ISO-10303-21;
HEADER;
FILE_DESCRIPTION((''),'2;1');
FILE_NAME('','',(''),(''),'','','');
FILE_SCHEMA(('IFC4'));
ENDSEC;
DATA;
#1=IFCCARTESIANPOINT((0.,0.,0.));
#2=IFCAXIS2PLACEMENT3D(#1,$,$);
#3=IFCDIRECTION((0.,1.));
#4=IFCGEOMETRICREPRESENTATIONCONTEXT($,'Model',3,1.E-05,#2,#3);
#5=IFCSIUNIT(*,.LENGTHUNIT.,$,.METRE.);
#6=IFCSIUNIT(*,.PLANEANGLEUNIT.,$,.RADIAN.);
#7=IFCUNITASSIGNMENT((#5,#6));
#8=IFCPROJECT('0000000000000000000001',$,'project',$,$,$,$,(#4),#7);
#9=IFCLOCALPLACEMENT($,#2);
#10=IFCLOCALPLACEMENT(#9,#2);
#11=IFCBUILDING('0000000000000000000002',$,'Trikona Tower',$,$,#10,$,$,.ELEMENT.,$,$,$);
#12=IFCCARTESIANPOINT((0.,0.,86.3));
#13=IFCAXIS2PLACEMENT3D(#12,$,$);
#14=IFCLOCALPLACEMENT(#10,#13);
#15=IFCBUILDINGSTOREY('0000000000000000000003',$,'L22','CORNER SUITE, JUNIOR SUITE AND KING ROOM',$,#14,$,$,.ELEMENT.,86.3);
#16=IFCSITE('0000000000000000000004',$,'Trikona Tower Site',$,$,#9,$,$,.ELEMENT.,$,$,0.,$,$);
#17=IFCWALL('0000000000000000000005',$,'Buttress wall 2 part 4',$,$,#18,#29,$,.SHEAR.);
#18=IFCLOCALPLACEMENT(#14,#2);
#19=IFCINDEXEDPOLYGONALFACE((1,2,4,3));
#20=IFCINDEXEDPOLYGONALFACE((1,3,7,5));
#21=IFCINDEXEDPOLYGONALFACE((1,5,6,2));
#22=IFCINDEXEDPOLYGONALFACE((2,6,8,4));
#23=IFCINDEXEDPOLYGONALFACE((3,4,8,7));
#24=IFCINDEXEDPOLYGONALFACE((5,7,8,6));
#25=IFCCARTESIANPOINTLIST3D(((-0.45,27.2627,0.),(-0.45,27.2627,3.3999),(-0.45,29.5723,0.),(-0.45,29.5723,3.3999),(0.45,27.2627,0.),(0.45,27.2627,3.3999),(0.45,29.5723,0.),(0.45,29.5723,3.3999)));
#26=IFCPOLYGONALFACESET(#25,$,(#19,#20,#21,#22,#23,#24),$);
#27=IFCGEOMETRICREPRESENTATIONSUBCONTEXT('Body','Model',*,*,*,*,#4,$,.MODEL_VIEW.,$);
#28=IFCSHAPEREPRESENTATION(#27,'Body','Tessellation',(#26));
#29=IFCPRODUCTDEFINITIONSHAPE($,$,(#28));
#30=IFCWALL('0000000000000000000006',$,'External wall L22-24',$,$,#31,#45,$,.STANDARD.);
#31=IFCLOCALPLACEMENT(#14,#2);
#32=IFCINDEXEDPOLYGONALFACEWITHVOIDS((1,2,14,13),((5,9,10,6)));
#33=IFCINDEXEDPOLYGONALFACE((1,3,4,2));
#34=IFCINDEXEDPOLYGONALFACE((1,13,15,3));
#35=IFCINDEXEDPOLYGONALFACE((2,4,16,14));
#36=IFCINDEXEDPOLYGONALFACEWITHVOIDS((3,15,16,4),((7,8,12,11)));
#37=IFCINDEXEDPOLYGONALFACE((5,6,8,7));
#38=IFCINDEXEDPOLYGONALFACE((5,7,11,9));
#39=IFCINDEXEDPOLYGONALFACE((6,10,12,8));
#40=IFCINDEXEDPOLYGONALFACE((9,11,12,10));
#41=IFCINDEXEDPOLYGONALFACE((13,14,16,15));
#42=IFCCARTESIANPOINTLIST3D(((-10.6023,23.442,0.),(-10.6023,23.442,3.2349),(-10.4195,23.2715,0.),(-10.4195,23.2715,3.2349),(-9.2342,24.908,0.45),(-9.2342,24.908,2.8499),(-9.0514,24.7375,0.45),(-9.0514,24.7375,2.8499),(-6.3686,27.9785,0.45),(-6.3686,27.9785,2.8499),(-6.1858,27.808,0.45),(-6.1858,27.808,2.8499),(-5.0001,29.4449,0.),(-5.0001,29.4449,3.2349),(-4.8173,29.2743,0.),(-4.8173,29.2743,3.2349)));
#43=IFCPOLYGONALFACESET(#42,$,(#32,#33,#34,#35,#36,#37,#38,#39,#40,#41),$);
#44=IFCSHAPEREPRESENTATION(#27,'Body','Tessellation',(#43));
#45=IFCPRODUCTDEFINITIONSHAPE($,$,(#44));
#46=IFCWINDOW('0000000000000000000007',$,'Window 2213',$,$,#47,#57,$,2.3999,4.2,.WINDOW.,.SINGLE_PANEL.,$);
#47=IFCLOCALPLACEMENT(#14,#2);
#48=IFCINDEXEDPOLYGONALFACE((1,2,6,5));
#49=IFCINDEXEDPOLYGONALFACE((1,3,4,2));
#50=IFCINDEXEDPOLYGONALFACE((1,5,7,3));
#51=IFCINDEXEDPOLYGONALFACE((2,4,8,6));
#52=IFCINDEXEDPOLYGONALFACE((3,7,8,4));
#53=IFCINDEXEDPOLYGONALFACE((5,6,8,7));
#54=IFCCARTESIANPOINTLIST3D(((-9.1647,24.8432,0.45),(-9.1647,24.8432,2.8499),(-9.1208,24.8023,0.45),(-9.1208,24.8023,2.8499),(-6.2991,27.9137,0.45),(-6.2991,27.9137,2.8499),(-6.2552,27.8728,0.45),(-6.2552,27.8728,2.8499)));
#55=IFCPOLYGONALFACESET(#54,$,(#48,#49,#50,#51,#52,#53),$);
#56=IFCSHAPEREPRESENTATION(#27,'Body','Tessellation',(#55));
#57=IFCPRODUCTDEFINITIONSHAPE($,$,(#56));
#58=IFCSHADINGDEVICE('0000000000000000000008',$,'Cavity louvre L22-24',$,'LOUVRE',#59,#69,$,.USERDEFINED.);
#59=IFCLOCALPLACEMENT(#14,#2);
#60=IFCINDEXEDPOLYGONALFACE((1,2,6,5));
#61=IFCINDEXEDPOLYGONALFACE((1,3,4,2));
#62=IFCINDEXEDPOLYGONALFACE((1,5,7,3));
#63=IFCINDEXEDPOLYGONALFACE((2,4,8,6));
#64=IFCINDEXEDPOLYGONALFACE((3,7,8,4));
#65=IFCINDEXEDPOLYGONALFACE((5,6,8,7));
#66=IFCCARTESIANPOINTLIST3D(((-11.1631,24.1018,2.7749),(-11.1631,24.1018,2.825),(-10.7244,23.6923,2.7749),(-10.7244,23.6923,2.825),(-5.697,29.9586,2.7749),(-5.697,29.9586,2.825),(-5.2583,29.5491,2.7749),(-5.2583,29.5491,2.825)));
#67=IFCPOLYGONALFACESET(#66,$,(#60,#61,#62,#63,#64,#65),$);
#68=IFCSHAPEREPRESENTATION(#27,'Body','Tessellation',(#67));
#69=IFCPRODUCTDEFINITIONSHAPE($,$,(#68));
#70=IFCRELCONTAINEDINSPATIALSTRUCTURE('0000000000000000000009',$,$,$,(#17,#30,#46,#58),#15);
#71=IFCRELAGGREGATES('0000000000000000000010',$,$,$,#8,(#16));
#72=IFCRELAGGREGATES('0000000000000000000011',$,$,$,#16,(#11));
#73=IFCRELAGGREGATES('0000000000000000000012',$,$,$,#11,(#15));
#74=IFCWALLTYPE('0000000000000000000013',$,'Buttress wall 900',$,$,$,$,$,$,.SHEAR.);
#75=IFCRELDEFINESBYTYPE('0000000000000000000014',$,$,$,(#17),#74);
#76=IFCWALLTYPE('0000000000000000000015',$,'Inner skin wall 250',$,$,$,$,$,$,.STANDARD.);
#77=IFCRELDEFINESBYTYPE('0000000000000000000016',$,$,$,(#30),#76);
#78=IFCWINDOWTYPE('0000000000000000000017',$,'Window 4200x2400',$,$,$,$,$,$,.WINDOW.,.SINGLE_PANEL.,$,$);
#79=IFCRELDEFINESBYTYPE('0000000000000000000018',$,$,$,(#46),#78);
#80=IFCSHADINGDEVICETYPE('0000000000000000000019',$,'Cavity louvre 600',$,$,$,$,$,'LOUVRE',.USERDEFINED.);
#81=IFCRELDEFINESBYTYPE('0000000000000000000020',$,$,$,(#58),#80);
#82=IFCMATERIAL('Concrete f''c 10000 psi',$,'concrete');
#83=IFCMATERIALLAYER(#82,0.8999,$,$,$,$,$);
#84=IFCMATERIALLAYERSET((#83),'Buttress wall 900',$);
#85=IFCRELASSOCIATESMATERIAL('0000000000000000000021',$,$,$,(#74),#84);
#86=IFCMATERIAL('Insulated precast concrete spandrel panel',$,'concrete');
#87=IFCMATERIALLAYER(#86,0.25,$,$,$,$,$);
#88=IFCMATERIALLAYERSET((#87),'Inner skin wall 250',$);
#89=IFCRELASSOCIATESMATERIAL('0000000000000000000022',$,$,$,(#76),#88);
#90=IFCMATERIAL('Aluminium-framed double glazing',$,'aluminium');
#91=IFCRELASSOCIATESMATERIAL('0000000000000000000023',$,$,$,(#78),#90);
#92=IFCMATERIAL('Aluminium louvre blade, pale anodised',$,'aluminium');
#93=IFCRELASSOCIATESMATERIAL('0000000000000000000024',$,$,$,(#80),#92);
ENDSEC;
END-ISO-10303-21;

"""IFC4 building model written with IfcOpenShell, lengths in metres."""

from ifc_helpers import new_model, si_unit, direction, frame, frame_2d, origin, origin_2d, place, context, subcontext, project, spatial, rectangle, extrude, material, layer, layer_set, type_object, element, fill, save


model = new_model("IFC4")

# Units and contexts
model_context = context("Model", 3, precision=1e-05, world=origin(), true_north=direction((0.0, 1.0)))
body_context = subcontext(model_context, "Body", "Model", "MODEL_VIEW")
ifc_project = project(units=[si_unit("LENGTHUNIT", "METRE"), si_unit("PLANEANGLEUNIT", "RADIAN")], contexts=[model_context])

# Site, building, storey
site_placement = place(None, origin())
site = spatial("IfcSite", under=ifc_project, at=site_placement, Name="Trikona Tower Site", CompositionType="ELEMENT", RefElevation=0.0)
building_placement = place(site_placement, origin())
building = spatial("IfcBuilding", under=site, at=building_placement, Name="Trikona Tower", CompositionType="ELEMENT")
storey_placement = place(building_placement, frame((0.0, 0.0, 86.3)))
storey = spatial("IfcBuildingStorey", under=building, at=storey_placement, Name="L22", Description="CORNER SUITE, JUNIOR SUITE AND KING ROOM", CompositionType="ELEMENT", Elevation=86.3)

# Wall
ifc_material_1 = material(Name="Concrete f'c 10000 psi", Category="concrete")
ifc_layer_1 = layer(ifc_material_1, 0.8999)
ifc_layer_set_1 = layer_set([ifc_layer_1], Name="Buttress wall 900")
wall_type_1 = type_object("IfcWallType", Name="Buttress wall 900", PredefinedType="SHEAR", material=ifc_layer_set_1)
wall_1_placement = place(storey_placement, frame((0.0, 27.2627, 0.0), z_axis=(0.0, 0.0, 1.0), x_axis=(0.0, 1.0, 0.0)))
element("IfcWall", 1, at=wall_1_placement, inside=storey, type_object=wall_type_1, Name="Buttress wall 2 part 4", PredefinedType="SHEAR", context=body_context, shape_type="SweptSolid", body=[
    extrude(rectangle(XDim=2.3096, YDim=0.8999, at=frame_2d((1.1548, 0.0))), origin(), (0.0, 0.0, 1.0), 3.3999),
])

# Wall, opening, window
ifc_material_2 = material(Name="Insulated precast concrete spandrel panel", Category="concrete")
ifc_layer_2 = layer(ifc_material_2, 0.25)
ifc_layer_set_2 = layer_set([ifc_layer_2], Name="Inner skin wall 250")
wall_type_2 = type_object("IfcWallType", Name="Inner skin wall 250", PredefinedType="STANDARD", material=ifc_layer_set_2)
wall_2_placement = place(storey_placement, frame((-4.9087, 29.3596, 0.0), z_axis=(0.0, 0.0, 1.0), x_axis=(-0.68229, -0.731082, 0.0)))
wall_2 = element("IfcWall", 2, at=wall_2_placement, inside=storey, type_object=wall_type_2, Name="External wall L22-24", PredefinedType="STANDARD", context=body_context, shape_type="SweptSolid", body=[
    extrude(rectangle(XDim=8.2109, YDim=0.25, at=frame_2d((4.1055, 0.0))), origin(), (0.0, 0.0, 1.0), 3.2349),
])
opening_1_placement = place(wall_2_placement, frame((2.0056, 0.0, 0.45)))
opening_1 = element("IfcOpeningElement", 3, at=opening_1_placement, cuts=wall_2, PredefinedType="OPENING", context=body_context, shape_type="SweptSolid", body=[
    extrude(rectangle(XDim=4.2, YDim=2.3999, at=frame_2d((2.1001, 1.2))), frame((0.0, 0.135, 0.0), z_axis=(0.0, -1.0, 0.0), x_axis=(1.0, 0.0, 0.0)), (0.0, 0.0, 1.0), 0.27),
])
ifc_material_3 = material(Name="Aluminium-framed double glazing", Category="aluminium")
window_type_1 = type_object("IfcWindowType", Name="Window 4200x2400", PartitioningType="SINGLE_PANEL", PredefinedType="WINDOW", material=ifc_material_3)
window_1_placement = place(opening_1_placement, origin())
window_1 = element("IfcWindow", 4, at=window_1_placement, inside=storey, type_object=window_type_1, Name="Window 2213", OverallHeight=2.3999, OverallWidth=4.2, PartitioningType="SINGLE_PANEL", PredefinedType="WINDOW", context=body_context, shape_type="SweptSolid", body=[
    extrude(rectangle(XDim=4.2, YDim=2.3999, at=frame_2d((2.1001, 1.2))), frame((0.0, 0.03, 0.0), z_axis=(0.0, -1.0, 0.0), x_axis=(1.0, 0.0, 0.0)), (0.0, 0.0, 1.0), 0.0601),
])
fill(opening_1, window_1)

# Shading device
ifc_material_4 = material(Name="Aluminium louvre blade, pale anodised", Category="aluminium")
shading_device_type = type_object("IfcShadingDeviceType", Name="Cavity louvre 600", ElementType="LOUVRE", PredefinedType="USERDEFINED", material=ifc_material_4)
shading_device_placement = place(storey_placement, frame((-8.2107, 26.8254, 2.7749), z_axis=(0.0, 0.0, 1.0), x_axis=(-0.682298, -0.731074, 0.0)))
element("IfcShadingDevice", 5, at=shading_device_placement, inside=storey, type_object=shading_device_type, Name="Cavity louvre L22-24", ObjectType="LOUVRE", PredefinedType="USERDEFINED", context=body_context, shape_type="SweptSolid", body=[
    extrude(rectangle(XDim=8.0112, YDim=0.6001, at=origin_2d()), origin(), (0.0, 0.0, 1.0), 0.05),
])

save(model, "model.ifc")
